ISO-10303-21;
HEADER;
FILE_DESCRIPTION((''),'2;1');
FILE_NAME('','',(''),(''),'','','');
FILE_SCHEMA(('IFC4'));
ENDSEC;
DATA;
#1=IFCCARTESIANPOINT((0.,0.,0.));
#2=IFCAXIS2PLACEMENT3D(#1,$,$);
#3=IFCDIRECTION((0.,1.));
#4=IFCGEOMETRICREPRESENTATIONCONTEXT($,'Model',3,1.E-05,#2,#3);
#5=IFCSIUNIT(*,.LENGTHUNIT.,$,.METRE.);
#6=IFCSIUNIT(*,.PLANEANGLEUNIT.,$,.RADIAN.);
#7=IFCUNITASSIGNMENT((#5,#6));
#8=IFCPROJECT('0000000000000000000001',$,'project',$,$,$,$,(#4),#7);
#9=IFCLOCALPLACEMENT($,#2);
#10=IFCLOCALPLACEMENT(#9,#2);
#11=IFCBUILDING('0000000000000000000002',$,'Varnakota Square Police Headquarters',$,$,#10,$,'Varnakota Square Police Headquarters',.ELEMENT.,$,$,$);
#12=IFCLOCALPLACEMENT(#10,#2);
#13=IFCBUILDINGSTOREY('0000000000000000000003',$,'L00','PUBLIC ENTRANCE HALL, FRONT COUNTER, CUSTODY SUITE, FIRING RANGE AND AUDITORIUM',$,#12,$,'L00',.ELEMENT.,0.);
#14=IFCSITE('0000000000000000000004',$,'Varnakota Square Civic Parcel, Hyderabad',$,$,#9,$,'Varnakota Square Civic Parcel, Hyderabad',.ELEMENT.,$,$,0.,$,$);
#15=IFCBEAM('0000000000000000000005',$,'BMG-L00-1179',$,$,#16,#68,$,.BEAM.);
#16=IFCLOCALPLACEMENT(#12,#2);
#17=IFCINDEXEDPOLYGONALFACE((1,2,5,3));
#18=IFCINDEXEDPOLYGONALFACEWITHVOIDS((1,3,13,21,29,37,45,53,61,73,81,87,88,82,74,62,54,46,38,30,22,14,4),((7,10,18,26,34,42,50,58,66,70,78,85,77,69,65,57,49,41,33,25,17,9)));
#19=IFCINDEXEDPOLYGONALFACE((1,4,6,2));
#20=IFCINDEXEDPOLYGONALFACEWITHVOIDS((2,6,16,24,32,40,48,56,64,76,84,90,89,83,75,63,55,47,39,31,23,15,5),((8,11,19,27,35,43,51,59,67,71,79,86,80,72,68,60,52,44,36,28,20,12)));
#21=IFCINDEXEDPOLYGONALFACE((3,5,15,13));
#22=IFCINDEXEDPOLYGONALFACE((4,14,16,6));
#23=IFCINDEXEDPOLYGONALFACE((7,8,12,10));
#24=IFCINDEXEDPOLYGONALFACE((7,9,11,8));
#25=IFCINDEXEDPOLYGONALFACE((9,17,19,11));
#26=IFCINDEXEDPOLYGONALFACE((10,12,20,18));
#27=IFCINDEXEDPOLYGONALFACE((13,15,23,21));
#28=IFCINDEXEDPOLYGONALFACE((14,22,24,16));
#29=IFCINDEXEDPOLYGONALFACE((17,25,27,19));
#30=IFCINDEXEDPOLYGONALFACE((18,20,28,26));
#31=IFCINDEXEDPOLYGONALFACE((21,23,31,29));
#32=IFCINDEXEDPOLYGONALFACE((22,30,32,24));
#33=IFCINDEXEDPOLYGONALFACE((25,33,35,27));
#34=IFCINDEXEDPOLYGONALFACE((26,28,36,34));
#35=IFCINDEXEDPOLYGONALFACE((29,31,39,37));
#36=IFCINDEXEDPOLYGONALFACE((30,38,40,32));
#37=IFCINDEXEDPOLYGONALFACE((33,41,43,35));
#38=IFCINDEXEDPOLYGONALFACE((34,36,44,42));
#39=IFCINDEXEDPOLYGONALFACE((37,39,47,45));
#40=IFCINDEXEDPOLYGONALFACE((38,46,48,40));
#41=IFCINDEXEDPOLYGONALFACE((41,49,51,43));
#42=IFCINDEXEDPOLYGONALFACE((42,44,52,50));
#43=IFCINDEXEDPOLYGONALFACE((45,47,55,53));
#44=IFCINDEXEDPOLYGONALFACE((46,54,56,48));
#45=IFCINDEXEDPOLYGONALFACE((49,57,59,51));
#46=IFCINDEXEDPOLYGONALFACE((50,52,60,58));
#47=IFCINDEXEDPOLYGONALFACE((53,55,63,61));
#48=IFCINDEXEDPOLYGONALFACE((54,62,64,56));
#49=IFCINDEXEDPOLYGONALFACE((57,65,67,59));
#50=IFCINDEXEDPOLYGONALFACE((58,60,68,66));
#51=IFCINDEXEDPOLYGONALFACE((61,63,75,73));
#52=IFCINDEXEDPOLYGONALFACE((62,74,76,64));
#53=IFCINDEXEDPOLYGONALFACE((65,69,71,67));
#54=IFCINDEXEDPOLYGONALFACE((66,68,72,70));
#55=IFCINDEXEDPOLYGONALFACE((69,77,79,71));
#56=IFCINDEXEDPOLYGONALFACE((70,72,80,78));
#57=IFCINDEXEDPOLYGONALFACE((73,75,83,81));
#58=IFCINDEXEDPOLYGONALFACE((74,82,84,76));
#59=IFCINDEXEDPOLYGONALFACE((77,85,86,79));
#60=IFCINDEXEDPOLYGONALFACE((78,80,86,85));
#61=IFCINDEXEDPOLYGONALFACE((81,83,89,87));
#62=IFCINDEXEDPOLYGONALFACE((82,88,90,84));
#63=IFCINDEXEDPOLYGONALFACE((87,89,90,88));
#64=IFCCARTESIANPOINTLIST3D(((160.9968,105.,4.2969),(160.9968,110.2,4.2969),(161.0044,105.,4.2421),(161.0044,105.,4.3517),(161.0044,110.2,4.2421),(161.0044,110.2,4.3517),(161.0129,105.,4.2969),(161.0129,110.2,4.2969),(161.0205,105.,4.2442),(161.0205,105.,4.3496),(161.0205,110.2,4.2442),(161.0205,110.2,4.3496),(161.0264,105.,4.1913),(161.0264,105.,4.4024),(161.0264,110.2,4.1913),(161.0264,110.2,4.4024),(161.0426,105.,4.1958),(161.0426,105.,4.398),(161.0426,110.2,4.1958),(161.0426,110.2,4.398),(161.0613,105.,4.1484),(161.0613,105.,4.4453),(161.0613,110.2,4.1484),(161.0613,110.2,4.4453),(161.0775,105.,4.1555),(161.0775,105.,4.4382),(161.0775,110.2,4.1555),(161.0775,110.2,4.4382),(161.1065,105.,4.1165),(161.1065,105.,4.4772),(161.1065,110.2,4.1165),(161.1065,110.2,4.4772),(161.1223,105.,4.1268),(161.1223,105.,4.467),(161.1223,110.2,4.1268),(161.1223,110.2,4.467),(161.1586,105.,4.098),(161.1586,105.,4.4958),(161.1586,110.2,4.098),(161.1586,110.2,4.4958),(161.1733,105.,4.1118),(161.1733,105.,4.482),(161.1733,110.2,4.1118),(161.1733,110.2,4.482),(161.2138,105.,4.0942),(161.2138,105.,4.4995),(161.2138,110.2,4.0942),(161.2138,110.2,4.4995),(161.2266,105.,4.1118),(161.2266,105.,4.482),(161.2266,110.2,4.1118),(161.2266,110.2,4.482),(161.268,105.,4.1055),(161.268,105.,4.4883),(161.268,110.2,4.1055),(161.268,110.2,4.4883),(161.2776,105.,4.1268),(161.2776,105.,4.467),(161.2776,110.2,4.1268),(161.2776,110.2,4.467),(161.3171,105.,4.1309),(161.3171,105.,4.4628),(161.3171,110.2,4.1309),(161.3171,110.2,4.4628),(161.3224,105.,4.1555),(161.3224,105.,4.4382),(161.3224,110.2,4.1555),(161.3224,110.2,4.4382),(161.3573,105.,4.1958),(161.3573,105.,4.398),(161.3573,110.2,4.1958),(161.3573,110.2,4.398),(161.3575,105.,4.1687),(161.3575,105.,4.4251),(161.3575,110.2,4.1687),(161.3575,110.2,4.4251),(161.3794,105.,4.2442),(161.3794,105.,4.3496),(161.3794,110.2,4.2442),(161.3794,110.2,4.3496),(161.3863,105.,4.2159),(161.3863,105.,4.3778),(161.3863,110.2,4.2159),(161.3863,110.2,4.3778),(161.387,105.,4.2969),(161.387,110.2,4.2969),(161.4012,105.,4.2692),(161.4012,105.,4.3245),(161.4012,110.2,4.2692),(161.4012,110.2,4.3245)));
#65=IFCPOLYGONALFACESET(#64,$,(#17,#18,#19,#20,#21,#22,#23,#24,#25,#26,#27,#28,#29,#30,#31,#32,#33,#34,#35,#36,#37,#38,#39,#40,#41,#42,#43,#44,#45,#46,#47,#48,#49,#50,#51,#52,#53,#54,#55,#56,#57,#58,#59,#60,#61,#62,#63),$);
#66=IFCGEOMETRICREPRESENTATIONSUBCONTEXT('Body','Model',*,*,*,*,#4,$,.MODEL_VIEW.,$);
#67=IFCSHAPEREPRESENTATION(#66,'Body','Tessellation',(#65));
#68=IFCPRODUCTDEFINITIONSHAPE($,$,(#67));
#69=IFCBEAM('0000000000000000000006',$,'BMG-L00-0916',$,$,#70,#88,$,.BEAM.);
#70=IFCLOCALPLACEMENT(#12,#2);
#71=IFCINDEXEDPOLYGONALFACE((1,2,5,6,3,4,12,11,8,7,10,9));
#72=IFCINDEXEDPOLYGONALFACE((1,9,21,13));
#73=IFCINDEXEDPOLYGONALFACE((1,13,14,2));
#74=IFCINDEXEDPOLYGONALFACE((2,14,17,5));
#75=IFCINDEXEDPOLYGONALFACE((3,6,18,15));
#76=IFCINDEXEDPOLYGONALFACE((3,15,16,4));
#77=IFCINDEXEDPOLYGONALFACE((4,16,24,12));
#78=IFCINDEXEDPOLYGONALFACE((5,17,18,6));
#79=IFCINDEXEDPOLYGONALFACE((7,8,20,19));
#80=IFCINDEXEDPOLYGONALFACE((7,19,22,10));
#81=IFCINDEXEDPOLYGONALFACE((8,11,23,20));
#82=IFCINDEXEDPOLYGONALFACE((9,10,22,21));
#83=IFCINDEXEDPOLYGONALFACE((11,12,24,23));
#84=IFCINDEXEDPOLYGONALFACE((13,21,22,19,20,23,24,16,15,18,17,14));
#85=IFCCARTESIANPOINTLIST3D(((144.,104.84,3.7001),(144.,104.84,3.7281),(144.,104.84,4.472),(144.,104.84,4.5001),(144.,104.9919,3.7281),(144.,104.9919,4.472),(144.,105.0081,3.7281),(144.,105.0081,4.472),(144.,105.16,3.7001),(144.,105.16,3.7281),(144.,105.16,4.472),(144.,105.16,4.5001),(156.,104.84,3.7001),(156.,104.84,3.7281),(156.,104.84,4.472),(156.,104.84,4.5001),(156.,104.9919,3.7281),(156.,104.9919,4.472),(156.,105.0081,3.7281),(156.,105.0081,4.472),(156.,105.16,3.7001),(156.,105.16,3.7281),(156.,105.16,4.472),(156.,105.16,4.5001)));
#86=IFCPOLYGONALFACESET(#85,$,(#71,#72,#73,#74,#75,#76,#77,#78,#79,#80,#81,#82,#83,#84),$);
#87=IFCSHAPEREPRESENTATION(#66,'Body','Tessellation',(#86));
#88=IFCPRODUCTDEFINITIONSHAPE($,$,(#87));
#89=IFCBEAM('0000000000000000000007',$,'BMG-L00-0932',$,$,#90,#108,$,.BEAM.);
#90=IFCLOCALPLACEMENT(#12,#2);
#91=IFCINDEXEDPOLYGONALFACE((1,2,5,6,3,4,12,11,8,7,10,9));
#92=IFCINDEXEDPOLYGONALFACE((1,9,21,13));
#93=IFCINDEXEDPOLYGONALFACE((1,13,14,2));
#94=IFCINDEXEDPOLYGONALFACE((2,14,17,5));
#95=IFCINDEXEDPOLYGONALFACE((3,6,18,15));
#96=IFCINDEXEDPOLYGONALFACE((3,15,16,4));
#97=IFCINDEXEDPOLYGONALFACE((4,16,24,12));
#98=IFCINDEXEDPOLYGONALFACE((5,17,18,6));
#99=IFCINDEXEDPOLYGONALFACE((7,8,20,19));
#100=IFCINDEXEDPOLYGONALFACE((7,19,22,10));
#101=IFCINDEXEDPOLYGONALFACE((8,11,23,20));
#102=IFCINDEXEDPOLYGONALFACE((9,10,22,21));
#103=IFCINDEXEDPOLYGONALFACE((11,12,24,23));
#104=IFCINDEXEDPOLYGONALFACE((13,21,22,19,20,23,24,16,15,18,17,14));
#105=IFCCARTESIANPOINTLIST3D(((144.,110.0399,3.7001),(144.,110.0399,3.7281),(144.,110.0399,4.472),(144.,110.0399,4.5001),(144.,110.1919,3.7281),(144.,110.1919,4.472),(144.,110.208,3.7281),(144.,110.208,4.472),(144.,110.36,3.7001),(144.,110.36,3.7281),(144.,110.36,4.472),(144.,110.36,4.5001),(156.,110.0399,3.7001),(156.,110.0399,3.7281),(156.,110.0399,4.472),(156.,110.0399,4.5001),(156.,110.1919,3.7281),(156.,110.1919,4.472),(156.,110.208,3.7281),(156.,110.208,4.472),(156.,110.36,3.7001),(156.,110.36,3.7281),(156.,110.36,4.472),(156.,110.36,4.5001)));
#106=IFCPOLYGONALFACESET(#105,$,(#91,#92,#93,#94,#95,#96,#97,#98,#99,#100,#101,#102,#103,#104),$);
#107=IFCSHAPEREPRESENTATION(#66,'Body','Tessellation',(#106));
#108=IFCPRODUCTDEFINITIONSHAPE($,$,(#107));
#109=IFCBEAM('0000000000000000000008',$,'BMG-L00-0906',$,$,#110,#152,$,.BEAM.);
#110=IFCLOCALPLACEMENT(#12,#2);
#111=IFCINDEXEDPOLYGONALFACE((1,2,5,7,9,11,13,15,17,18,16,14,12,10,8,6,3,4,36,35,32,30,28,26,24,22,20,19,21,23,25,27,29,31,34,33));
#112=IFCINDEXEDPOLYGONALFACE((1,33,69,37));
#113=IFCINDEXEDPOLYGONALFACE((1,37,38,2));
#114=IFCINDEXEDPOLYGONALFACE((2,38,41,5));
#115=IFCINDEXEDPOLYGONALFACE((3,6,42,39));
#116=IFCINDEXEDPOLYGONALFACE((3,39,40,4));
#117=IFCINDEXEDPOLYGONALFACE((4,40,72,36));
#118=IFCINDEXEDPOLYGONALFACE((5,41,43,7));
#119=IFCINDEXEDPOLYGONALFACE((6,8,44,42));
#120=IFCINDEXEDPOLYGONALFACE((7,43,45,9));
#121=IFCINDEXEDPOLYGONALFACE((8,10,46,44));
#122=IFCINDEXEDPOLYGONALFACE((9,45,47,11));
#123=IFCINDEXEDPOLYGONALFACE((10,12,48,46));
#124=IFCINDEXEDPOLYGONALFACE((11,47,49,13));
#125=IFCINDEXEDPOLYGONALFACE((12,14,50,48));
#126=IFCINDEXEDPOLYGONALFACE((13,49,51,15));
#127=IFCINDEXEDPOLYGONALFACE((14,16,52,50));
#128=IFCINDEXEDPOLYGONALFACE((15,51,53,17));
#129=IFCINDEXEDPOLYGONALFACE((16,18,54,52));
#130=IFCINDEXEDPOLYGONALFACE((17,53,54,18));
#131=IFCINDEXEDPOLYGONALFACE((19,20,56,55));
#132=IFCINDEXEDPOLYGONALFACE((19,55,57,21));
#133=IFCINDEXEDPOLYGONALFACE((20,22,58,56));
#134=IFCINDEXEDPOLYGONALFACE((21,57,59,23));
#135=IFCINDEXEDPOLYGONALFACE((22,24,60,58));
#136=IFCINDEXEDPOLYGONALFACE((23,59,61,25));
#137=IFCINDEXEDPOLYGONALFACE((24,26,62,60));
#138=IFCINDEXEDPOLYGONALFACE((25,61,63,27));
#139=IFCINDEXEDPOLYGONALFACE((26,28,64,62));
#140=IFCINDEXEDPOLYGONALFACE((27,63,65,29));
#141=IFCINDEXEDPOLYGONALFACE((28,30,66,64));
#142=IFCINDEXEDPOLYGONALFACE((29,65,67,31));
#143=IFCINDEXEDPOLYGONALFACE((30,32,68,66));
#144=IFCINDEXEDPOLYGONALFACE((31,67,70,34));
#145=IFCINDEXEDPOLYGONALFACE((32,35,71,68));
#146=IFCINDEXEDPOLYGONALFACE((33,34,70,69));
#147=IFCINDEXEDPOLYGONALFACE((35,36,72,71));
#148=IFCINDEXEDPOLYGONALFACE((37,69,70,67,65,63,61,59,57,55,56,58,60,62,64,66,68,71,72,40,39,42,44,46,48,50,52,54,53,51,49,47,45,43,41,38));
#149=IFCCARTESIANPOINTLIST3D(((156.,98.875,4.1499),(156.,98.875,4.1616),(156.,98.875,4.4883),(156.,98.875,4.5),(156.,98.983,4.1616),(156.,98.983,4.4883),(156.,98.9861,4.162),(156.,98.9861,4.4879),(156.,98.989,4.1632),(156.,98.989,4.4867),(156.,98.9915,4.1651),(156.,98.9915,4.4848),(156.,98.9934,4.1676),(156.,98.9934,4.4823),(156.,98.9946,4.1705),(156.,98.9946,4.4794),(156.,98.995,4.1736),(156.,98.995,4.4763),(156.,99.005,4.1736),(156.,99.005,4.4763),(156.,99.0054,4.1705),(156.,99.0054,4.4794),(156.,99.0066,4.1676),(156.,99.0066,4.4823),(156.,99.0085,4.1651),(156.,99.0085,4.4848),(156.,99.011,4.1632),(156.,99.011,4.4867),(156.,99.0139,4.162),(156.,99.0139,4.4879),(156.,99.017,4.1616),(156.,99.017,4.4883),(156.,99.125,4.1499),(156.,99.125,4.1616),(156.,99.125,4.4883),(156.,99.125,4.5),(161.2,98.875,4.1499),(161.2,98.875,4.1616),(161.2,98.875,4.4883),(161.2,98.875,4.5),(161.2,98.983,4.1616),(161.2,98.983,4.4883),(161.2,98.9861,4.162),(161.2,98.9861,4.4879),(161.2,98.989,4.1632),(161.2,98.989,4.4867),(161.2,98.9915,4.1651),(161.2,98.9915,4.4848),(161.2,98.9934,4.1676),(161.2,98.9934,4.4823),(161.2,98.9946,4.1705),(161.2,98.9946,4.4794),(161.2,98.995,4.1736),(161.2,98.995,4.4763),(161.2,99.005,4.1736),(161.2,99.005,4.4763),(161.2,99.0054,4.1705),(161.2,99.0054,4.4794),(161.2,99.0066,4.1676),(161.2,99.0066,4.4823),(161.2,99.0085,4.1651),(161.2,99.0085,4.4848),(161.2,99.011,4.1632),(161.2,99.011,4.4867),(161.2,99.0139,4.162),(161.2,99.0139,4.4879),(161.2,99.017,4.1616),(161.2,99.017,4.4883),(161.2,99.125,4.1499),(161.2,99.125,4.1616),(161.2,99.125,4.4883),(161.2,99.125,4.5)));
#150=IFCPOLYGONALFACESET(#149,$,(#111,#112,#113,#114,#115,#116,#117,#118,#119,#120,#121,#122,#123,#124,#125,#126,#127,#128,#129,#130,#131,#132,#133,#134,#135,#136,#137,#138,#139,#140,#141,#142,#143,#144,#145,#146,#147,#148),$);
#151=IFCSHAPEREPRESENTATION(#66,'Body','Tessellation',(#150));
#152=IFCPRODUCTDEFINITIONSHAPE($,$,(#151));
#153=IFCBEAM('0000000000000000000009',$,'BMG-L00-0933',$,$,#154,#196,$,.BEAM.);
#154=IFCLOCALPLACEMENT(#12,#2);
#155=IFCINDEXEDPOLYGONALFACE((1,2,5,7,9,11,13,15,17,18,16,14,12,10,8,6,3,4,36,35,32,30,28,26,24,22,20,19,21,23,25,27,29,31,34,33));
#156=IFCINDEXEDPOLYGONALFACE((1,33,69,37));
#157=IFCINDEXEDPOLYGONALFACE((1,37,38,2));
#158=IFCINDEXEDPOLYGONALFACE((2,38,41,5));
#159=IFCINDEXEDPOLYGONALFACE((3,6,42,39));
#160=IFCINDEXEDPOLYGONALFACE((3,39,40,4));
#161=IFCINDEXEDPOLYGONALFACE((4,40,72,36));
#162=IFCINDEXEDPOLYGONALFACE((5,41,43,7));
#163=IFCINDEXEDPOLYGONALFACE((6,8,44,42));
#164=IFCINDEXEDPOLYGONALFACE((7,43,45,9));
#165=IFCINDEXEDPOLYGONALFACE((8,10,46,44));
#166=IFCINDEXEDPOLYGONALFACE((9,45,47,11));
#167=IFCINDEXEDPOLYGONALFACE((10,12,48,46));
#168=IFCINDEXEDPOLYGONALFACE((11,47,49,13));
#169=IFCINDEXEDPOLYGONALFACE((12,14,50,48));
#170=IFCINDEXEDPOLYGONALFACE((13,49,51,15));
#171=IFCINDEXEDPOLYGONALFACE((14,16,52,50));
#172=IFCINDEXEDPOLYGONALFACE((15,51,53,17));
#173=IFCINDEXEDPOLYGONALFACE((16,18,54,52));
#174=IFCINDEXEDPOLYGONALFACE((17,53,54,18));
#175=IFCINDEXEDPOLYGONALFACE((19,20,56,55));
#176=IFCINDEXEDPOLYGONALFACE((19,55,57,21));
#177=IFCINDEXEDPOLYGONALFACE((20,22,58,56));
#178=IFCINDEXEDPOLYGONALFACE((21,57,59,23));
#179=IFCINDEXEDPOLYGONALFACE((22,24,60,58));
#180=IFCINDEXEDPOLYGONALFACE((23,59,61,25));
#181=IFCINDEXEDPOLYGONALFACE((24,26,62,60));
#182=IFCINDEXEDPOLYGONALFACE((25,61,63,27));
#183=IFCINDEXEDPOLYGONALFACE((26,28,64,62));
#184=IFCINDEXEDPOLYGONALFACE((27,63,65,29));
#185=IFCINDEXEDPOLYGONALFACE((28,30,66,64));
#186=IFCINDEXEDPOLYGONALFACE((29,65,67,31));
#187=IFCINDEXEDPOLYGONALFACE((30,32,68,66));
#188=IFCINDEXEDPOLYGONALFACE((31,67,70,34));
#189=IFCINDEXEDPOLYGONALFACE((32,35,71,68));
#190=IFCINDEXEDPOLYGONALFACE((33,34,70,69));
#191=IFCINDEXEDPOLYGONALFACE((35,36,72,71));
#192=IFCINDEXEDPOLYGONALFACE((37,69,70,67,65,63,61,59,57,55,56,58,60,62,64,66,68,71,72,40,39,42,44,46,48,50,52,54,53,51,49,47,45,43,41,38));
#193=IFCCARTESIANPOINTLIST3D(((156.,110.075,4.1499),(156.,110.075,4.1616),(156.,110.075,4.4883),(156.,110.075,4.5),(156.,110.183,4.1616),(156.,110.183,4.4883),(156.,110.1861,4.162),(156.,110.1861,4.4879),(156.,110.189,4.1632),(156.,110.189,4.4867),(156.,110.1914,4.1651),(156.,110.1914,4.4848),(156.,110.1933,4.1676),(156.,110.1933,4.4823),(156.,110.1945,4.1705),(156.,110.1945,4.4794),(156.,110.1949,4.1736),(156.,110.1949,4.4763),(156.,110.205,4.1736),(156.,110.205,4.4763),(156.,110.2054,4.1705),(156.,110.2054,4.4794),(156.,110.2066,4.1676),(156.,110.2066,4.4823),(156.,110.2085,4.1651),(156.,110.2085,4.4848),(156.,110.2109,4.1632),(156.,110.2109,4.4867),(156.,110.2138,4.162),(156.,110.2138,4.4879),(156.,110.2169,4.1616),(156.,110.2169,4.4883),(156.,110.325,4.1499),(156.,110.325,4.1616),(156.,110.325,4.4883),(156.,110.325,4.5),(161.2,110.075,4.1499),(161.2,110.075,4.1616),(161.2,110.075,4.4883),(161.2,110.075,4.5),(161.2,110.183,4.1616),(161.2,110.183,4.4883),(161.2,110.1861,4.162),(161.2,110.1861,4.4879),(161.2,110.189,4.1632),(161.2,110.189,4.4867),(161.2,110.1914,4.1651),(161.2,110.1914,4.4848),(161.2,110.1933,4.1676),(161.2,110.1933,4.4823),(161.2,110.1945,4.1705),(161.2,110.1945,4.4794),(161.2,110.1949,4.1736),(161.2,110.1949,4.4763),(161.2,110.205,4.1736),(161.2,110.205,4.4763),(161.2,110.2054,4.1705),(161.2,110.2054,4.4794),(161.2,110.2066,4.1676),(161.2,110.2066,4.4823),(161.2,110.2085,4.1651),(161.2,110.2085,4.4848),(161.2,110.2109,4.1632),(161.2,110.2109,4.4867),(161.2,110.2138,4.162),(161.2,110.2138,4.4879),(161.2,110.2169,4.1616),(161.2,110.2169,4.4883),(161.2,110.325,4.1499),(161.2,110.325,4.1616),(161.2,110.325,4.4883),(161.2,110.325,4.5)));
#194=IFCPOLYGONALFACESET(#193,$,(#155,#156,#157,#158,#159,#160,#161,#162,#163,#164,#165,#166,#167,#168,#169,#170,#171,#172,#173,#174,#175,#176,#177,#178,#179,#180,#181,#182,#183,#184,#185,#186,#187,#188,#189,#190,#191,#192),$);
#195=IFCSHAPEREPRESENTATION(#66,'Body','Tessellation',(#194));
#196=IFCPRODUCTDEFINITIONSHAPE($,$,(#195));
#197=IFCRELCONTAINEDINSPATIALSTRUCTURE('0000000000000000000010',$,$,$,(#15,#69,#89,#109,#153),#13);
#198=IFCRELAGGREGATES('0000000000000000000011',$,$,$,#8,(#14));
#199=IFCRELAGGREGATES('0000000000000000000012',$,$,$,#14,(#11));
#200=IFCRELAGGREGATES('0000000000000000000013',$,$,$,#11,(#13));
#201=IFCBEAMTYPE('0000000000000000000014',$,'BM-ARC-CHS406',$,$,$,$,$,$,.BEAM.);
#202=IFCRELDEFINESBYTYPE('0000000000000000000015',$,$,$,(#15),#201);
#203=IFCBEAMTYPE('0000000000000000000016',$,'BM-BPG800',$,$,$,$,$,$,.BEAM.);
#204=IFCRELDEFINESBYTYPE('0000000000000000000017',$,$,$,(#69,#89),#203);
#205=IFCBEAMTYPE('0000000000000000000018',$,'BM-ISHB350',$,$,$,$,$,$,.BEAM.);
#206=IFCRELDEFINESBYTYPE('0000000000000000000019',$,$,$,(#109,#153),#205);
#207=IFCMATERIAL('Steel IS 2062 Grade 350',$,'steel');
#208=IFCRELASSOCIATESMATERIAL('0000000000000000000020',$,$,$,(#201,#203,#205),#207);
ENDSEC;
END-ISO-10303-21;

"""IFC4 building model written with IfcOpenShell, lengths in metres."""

from ifc_helpers import new_model, si_unit, direction, frame, origin, origin_2d, place, context, subcontext, project, spatial, hollow_circle, i_section, extrude, material, material_profile, profile_set, type_object, element, save


model = new_model("IFC4")

# Units and contexts
model_context = context("Model", 3, precision=1e-05, world=origin(), true_north=direction((0.0, 1.0)))
body_context = subcontext(model_context, "Body", "Model", "MODEL_VIEW")
ifc_project = project(units=[si_unit("LENGTHUNIT", "METRE"), si_unit("PLANEANGLEUNIT", "RADIAN")], contexts=[model_context])

# Site, building, storey
site_placement = place(None, origin())
site = spatial("IfcSite", under=ifc_project, at=site_placement, Name="Varnakota Square Civic Parcel, Hyderabad", LongName="Varnakota Square Civic Parcel, Hyderabad", CompositionType="ELEMENT", RefElevation=0.0)
building_placement = place(site_placement, origin())
building = spatial("IfcBuilding", under=site, at=building_placement, Name="Varnakota Square Police Headquarters", LongName="Varnakota Square Police Headquarters", CompositionType="ELEMENT")
storey_placement = place(building_placement, origin())
storey = spatial("IfcBuildingStorey", under=building, at=storey_placement, Name="L00", Description="PUBLIC ENTRANCE HALL, FRONT COUNTER, CUSTODY SUITE, FIRING RANGE AND AUDITORIUM", LongName="L00", CompositionType="ELEMENT", Elevation=0.0)

# Beams
ifc_material_1 = material(Name="Steel IS 2062 Grade 350", Category="steel")
ifc_material_profile_1 = material_profile(ifc_material_1, hollow_circle(Radius=0.2031, WallThickness=0.0161, at=origin_2d()), Name="CHS 406.4x16.0")
ifc_profile_set_1 = profile_set([ifc_material_profile_1], Name="Steel IS 2062 Grade 350")
beam_type_1 = type_object("IfcBeamType", Name="BM-ARC-CHS406", PredefinedType="BEAM", material=ifc_profile_set_1)
for number, where, z_axis, x_axis, name in (
    (1, (161.2, 105.0, 4.2969), (0.0, 1.0, 0.0), (-1.0, 0.0, 0.0), "BMG-L00-1179"),
):
    element("IfcBeam", number, at=place(storey_placement, frame(where, z_axis=z_axis, x_axis=x_axis)), inside=storey, type_object=beam_type_1, Name=name, PredefinedType="BEAM", context=body_context, shape_type="SweptSolid", body=[
        extrude(hollow_circle(Radius=0.2031, WallThickness=0.0161, at=origin_2d()), origin(), (0.0, 0.0, 1.0), 5.2),
    ])
ifc_material_profile_2 = material_profile(ifc_material_1, i_section(OverallWidth=0.3201, OverallDepth=0.8, WebThickness=0.0161, FlangeThickness=0.0281, at=origin_2d()), Name="BPG 800x320")
ifc_profile_set_2 = profile_set([ifc_material_profile_2], Name="Steel IS 2062 Grade 350")
beam_type_2 = type_object("IfcBeamType", Name="BM-BPG800", PredefinedType="BEAM", material=ifc_profile_set_2)
for number, where, z_axis, x_axis, name in (
    (2, (144.0, 105.0, 4.1001), (1.0, 0.0, 0.0), (0.0, 1.0, 0.0), "BMG-L00-0916"),
    (3, (144.0, 110.2, 4.1001), (1.0, 0.0, 0.0), (0.0, 1.0, 0.0), "BMG-L00-0932"),
):
    element("IfcBeam", number, at=place(storey_placement, frame(where, z_axis=z_axis, x_axis=x_axis)), inside=storey, type_object=beam_type_2, Name=name, PredefinedType="BEAM", context=body_context, shape_type="SweptSolid", body=[
        extrude(i_section(OverallWidth=0.3201, OverallDepth=0.8, WebThickness=0.0161, FlangeThickness=0.0281, at=origin_2d()), origin(), (0.0, 0.0, 1.0), 12.0),
    ])
ifc_material_profile_3 = material_profile(ifc_material_1, i_section(OverallWidth=0.25, OverallDepth=0.3501, WebThickness=0.01, FlangeThickness=0.0117, FilletRadius=0.012, at=origin_2d()), Name="ISHB 350")
ifc_profile_set_3 = profile_set([ifc_material_profile_3], Name="Steel IS 2062 Grade 350")
beam_type_3 = type_object("IfcBeamType", Name="BM-ISHB350", PredefinedType="BEAM", material=ifc_profile_set_3)
for number, where, z_axis, x_axis, name in (
    (4, (156.0, 99.0, 4.325), (1.0, 0.0, 0.0), (0.0, 1.0, 0.0), "BMG-L00-0906"),
    (5, (156.0, 110.2, 4.325), (1.0, 0.0, 0.0), (0.0, 1.0, 0.0), "BMG-L00-0933"),
):
    element("IfcBeam", number, at=place(storey_placement, frame(where, z_axis=z_axis, x_axis=x_axis)), inside=storey, type_object=beam_type_3, Name=name, PredefinedType="BEAM", context=body_context, shape_type="SweptSolid", body=[
        extrude(i_section(OverallWidth=0.25, OverallDepth=0.3501, WebThickness=0.01, FlangeThickness=0.0117, FilletRadius=0.012, at=origin_2d()), origin(), (0.0, 0.0, 1.0), 5.2),
    ])

save(model, "model.ifc")
